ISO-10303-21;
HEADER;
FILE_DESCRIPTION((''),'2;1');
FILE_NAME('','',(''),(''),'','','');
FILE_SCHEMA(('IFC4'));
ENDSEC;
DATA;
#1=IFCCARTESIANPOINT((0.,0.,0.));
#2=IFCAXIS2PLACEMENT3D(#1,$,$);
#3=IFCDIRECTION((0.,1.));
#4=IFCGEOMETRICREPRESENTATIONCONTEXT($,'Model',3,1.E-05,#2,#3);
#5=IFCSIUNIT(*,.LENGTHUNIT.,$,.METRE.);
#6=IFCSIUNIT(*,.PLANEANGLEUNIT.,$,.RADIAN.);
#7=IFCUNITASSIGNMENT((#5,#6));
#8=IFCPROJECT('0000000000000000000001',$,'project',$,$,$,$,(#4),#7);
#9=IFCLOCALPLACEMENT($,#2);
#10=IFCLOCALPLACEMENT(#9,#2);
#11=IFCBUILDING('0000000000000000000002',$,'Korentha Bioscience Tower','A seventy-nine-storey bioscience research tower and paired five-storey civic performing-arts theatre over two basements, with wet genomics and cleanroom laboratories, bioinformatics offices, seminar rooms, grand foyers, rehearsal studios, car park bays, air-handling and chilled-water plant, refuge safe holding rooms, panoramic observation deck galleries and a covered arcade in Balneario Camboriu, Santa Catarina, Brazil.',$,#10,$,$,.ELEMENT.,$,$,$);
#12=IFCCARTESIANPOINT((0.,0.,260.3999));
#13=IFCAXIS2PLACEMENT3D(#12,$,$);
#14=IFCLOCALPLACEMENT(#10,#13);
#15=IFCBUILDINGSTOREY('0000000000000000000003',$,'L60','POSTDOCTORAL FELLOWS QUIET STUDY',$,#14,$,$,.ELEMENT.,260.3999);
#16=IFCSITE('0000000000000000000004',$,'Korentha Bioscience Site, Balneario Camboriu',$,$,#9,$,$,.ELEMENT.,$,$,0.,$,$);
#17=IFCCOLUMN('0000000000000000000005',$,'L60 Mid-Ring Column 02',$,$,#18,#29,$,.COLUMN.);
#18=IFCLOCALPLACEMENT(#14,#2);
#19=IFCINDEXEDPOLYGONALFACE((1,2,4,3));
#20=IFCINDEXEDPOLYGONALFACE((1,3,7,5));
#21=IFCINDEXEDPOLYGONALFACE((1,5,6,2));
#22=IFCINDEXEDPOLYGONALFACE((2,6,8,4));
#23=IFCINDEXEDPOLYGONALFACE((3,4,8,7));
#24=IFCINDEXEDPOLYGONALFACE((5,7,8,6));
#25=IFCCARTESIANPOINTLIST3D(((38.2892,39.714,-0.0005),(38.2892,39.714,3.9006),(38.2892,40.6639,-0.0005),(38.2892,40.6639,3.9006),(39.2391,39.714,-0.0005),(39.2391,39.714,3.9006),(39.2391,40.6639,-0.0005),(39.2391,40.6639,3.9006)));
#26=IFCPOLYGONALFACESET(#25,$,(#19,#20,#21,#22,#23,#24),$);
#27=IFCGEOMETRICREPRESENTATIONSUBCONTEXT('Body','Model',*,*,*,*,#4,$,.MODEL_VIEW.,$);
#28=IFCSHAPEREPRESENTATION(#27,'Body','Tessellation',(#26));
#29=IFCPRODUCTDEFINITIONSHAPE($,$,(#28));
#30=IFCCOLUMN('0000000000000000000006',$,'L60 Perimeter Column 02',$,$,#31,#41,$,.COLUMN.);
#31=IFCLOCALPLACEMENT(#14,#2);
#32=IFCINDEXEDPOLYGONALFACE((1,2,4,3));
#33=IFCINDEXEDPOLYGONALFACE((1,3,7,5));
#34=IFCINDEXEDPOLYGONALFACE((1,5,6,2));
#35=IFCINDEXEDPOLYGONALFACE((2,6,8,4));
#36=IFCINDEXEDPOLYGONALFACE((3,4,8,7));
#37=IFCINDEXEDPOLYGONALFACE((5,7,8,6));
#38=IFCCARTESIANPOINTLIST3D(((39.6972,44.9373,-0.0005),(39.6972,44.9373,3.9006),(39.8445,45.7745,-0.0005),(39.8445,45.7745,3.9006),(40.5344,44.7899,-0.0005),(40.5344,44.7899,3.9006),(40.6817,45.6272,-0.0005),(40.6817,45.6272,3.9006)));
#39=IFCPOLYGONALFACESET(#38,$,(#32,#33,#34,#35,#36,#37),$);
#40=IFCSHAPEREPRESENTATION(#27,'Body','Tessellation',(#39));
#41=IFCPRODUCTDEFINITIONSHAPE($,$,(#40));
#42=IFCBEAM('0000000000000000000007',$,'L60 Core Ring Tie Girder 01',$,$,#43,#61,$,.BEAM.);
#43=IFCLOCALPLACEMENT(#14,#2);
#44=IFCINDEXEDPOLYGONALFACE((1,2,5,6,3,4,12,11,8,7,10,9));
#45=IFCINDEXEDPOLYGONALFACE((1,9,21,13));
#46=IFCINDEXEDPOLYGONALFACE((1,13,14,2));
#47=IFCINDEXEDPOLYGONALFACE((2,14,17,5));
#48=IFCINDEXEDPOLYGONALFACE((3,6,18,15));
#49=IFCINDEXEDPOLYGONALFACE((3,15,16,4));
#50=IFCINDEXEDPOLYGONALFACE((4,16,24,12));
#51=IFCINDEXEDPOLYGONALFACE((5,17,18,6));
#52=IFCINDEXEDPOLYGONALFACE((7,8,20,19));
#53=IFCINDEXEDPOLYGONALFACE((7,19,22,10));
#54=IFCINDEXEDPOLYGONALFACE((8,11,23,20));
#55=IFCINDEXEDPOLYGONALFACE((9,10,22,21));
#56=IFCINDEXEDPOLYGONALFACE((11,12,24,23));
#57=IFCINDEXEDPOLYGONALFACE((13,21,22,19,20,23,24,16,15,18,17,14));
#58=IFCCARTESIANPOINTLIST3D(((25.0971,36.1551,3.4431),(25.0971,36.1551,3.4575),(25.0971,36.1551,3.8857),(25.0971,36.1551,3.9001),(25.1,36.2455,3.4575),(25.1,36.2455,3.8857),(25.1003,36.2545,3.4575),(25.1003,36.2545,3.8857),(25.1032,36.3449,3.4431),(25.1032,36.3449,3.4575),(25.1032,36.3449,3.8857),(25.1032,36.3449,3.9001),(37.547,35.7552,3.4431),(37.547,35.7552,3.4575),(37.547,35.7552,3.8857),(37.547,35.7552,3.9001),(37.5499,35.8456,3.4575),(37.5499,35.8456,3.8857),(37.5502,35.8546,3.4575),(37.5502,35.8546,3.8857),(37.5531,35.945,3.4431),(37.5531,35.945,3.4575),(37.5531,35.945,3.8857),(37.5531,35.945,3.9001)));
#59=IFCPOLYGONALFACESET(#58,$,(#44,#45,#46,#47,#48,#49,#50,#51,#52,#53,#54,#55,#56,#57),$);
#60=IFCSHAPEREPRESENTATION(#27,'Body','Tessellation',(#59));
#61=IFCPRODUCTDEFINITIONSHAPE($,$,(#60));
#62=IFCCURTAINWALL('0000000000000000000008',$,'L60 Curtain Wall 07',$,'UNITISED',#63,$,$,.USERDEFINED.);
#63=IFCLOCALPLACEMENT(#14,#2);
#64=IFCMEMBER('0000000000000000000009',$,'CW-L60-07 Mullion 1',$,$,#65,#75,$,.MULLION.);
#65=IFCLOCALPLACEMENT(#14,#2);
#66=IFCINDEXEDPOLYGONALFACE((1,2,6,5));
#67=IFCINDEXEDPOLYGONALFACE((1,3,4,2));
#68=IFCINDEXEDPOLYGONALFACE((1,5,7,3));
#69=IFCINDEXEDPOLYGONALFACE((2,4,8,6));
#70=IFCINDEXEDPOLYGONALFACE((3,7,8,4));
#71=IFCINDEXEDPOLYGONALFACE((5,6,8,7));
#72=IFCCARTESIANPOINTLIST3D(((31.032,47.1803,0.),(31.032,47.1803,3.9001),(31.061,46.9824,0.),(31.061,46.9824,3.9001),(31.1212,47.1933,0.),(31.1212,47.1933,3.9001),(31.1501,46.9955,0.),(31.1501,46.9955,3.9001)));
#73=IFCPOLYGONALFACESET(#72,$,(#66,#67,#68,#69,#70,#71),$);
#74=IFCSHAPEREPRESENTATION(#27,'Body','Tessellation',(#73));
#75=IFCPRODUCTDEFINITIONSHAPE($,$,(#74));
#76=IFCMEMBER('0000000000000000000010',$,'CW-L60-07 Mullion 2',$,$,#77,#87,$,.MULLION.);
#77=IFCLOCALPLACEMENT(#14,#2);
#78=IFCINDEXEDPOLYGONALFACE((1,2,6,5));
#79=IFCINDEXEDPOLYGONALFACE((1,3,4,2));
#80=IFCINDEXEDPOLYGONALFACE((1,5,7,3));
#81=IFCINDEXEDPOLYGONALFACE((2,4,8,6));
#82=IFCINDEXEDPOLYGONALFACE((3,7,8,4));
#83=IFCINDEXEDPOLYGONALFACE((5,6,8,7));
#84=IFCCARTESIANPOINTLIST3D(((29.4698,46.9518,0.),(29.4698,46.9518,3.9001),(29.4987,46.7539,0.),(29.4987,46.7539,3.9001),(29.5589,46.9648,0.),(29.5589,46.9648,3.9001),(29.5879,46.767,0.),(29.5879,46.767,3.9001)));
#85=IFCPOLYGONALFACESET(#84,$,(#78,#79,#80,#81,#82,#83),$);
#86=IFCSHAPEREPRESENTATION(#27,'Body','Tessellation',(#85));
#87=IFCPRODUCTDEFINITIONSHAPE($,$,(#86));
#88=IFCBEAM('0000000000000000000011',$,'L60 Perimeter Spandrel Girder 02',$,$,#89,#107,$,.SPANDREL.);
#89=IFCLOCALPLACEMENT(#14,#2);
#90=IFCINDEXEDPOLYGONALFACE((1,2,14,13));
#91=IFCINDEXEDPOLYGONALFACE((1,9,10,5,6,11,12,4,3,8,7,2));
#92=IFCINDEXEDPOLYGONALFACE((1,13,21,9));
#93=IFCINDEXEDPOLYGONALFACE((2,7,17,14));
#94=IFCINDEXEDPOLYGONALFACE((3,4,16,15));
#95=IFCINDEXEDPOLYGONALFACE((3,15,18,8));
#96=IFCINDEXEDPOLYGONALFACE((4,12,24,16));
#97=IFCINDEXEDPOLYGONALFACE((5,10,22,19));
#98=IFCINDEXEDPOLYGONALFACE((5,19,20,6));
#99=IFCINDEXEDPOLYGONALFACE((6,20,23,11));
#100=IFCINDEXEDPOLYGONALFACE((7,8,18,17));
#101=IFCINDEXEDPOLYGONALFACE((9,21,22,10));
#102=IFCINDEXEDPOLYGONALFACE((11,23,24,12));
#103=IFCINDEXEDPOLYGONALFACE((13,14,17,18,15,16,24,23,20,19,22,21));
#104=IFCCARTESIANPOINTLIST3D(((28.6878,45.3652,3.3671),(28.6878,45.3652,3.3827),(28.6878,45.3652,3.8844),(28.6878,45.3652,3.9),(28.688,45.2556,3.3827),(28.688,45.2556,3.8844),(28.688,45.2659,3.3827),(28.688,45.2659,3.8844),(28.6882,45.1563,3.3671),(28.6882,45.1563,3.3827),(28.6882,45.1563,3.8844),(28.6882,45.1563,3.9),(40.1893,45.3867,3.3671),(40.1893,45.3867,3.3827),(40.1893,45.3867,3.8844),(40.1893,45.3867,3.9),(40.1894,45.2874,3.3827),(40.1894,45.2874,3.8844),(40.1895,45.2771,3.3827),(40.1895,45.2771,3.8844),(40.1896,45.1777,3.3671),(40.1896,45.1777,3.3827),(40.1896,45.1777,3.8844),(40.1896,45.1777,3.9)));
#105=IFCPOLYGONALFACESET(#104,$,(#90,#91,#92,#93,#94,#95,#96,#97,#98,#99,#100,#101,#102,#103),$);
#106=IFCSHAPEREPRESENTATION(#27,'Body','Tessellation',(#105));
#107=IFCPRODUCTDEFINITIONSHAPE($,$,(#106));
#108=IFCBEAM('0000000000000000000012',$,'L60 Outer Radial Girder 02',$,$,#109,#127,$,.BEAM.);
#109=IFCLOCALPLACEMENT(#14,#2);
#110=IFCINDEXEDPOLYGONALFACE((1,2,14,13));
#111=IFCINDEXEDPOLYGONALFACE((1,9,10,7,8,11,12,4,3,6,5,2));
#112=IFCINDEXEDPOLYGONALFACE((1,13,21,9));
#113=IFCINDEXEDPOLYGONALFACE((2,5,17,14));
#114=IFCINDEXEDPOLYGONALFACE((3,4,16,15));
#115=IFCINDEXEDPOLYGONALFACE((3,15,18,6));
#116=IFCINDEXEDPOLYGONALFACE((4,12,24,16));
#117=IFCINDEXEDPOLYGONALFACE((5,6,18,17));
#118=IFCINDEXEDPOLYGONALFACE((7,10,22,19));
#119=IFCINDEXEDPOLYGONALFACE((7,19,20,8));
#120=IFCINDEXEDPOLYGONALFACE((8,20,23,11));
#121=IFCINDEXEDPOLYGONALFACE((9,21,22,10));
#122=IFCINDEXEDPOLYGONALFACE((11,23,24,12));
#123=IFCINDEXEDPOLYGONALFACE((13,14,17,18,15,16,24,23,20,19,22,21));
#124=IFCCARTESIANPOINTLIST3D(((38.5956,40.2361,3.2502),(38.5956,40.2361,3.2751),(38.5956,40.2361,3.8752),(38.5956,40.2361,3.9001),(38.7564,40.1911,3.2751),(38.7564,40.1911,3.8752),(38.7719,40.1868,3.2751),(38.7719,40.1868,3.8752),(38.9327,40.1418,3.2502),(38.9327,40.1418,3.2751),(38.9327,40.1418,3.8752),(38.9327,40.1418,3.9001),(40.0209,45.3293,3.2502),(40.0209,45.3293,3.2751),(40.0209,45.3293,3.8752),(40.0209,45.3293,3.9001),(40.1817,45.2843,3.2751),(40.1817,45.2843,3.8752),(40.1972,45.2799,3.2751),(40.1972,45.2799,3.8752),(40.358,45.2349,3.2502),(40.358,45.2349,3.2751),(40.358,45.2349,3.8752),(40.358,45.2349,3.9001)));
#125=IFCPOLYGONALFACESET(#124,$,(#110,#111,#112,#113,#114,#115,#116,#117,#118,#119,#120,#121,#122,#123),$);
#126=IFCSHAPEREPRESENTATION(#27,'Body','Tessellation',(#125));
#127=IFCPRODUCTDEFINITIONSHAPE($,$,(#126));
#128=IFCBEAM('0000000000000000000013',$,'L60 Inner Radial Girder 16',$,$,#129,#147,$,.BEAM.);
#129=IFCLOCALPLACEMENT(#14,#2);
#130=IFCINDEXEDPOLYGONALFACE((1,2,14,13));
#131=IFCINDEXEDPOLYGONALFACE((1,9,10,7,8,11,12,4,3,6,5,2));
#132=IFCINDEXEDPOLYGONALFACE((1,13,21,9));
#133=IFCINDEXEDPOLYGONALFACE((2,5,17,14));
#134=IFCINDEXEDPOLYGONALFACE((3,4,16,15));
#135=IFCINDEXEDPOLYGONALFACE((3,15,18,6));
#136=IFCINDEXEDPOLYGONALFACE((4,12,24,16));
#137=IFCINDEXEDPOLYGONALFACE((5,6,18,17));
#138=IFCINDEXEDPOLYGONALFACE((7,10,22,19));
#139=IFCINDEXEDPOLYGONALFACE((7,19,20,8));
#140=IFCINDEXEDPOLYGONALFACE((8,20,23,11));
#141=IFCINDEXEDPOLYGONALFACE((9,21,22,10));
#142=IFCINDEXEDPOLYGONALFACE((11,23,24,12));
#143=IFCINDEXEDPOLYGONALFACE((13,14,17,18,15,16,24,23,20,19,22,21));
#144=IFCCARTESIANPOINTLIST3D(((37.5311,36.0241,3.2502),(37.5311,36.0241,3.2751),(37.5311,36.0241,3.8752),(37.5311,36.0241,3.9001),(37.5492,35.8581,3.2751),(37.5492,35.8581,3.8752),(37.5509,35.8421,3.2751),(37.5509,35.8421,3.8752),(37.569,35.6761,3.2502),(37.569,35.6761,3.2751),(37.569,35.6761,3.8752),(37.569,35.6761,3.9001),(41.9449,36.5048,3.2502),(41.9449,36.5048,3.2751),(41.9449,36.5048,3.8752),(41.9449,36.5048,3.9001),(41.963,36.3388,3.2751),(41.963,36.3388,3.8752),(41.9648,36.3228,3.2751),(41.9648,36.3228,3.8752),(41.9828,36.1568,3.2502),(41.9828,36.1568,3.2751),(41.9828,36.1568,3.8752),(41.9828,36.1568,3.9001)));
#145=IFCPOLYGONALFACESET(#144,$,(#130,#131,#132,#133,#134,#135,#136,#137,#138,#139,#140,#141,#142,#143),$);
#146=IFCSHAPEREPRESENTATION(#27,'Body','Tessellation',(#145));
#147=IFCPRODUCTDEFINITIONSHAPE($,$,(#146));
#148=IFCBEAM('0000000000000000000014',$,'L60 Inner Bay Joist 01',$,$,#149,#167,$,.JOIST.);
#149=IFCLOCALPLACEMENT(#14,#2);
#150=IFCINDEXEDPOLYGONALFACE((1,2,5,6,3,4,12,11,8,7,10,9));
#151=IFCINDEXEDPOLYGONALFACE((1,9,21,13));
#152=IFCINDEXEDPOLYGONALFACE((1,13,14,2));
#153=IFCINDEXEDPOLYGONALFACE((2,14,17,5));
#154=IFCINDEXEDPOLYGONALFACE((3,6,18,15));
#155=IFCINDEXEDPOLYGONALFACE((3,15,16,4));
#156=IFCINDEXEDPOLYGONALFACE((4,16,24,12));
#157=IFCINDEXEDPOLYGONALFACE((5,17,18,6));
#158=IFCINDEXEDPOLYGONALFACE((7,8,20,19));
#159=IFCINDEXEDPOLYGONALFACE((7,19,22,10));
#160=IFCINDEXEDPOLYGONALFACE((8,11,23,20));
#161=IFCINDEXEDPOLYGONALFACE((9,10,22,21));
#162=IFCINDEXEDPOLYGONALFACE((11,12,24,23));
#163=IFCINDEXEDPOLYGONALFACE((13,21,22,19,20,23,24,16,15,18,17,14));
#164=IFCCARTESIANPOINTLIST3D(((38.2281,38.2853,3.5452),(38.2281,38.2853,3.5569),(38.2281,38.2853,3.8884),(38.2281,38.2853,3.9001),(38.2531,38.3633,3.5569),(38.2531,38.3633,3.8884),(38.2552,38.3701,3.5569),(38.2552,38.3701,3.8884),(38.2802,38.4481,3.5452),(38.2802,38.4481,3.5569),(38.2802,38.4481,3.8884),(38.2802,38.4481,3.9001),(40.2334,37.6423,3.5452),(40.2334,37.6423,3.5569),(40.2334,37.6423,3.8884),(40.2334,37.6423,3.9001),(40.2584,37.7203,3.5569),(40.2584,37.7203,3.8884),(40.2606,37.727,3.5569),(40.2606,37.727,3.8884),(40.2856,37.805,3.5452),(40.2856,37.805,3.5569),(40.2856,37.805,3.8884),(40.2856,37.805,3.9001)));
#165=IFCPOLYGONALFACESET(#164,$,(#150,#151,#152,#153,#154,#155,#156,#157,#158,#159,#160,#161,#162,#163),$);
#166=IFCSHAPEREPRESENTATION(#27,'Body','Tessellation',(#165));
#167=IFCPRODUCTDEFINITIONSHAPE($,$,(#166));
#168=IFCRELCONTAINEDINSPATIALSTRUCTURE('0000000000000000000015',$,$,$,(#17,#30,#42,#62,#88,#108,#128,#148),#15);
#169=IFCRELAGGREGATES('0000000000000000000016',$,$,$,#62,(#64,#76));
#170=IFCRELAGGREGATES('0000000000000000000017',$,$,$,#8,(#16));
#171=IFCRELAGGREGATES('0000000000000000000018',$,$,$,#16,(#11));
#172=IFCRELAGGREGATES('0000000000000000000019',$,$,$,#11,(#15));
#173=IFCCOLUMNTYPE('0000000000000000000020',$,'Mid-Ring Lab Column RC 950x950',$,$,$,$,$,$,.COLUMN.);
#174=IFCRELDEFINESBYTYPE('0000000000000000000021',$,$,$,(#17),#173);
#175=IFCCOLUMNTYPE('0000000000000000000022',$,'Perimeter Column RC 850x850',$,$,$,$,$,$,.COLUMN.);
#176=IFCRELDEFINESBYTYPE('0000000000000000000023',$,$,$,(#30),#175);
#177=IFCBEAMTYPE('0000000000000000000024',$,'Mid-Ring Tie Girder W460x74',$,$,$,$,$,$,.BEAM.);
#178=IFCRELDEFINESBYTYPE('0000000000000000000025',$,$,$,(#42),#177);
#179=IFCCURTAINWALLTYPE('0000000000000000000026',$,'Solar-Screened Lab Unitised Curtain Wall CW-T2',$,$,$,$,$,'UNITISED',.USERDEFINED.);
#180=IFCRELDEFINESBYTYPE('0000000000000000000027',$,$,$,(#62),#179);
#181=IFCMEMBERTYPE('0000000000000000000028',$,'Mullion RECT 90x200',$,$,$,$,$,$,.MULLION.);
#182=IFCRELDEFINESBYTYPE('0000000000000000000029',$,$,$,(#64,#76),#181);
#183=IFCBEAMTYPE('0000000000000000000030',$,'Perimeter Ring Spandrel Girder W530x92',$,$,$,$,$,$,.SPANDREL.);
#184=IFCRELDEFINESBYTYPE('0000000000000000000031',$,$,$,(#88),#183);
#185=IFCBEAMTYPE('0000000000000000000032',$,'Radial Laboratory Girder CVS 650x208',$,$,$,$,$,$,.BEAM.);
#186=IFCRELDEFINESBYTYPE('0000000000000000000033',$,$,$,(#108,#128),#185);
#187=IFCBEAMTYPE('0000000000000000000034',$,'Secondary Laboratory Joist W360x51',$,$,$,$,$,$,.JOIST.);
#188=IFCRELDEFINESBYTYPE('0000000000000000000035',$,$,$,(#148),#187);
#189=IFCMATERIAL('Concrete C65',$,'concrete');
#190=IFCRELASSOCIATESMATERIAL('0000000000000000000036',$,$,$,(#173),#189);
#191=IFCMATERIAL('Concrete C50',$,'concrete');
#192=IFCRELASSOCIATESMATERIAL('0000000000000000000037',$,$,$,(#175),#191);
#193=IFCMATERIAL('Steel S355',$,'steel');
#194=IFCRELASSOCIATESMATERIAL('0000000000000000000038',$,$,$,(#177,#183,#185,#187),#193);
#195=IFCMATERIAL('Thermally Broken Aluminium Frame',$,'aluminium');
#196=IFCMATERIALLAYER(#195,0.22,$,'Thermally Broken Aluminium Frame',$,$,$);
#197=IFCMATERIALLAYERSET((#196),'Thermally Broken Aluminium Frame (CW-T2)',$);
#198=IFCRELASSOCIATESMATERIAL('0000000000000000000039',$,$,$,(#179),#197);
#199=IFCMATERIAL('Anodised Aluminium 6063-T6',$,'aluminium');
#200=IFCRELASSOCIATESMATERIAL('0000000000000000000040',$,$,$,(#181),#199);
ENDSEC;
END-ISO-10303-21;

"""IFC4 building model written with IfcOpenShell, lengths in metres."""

from ifc_helpers import new_model, si_unit, direction, frame, origin, origin_2d, place, context, subcontext, project, spatial, rectangle, i_section, extrude, material, layer, layer_set, material_profile, profile_set, type_object, element, aggregate, save


model = new_model("IFC4")

# Units and contexts
model_context = context("Model", 3, precision=1e-05, world=origin(), true_north=direction((0.0, 1.0)))
body_context = subcontext(model_context, "Body", "Model", "MODEL_VIEW")
ifc_project = project(units=[si_unit("LENGTHUNIT", "METRE"), si_unit("PLANEANGLEUNIT", "RADIAN")], contexts=[model_context])

# Site, building, storey
site_placement = place(None, origin())
site = spatial("IfcSite", under=ifc_project, at=site_placement, Name="Korentha Bioscience Site, Balneario Camboriu", CompositionType="ELEMENT", RefElevation=0.0)
building_placement = place(site_placement, origin())
building = spatial("IfcBuilding", under=site, at=building_placement, Name="Korentha Bioscience Tower", Description="A seventy-nine-storey bioscience research tower and paired five-storey civic performing-arts theatre over two basements, with wet genomics and cleanroom laboratories, bioinformatics offices, seminar rooms, grand foyers, rehearsal studios, car park bays, air-handling and chilled-water plant, refuge safe holding rooms, panoramic observation deck galleries and a covered arcade in Balneario Camboriu, Santa Catarina, Brazil.", CompositionType="ELEMENT")
storey_placement = place(building_placement, frame((0.0, 0.0, 260.3999)))
storey = spatial("IfcBuildingStorey", under=building, at=storey_placement, Name="L60", Description="POSTDOCTORAL FELLOWS QUIET STUDY", CompositionType="ELEMENT", Elevation=260.3999)

# Columns
ifc_material_1 = material(Name="Concrete C65", Category="concrete")
ifc_material_profile_1 = material_profile(ifc_material_1, rectangle(XDim=0.95, YDim=0.95, at=origin_2d()), Name="Concrete C65")
ifc_profile_set_1 = profile_set([ifc_material_profile_1], Name="Concrete C65 (COL-MR09)")
column_type_1 = type_object("IfcColumnType", Name="Mid-Ring Lab Column RC 950x950", PredefinedType="COLUMN", material=ifc_profile_set_1)
column_1_placement = place(storey_placement, frame((38.7642, 40.189, -0.0005), z_axis=(0.0, 0.0, 1.0), x_axis=(1.0, 0.0, 0.0)))
element("IfcColumn", 1, at=column_1_placement, inside=storey, type_object=column_type_1, Name="L60 Mid-Ring Column 02", PredefinedType="COLUMN", context=body_context, shape_type="SweptSolid", body=[
    extrude(rectangle(XDim=0.95, YDim=0.95, at=origin_2d()), origin(), (0.0, 0.0, 1.0), 3.9011),
])
ifc_material_2 = material(Name="Concrete C50", Category="concrete")
ifc_material_profile_2 = material_profile(ifc_material_2, rectangle(XDim=0.8501, YDim=0.8501, at=origin_2d()), Name="Concrete C50")
ifc_profile_set_2 = profile_set([ifc_material_profile_2], Name="Concrete C50 (COL-P08)")
column_type_2 = type_object("IfcColumnType", Name="Perimeter Column RC 850x850", PredefinedType="COLUMN", material=ifc_profile_set_2)
column_2_placement = place(storey_placement, frame((40.1895, 45.2822, -0.0005), z_axis=(0.0, 0.0, 1.0), x_axis=(-0.984868, 0.173304, 0.0)))
element("IfcColumn", 2, at=column_2_placement, inside=storey, type_object=column_type_2, Name="L60 Perimeter Column 02", PredefinedType="COLUMN", context=body_context, shape_type="SweptSolid", body=[
    extrude(rectangle(XDim=0.8501, YDim=0.8501, at=origin_2d()), origin(), (0.0, 0.0, 1.0), 3.9011),
])

# Beam
ifc_material_3 = material(Name="Steel S355", Category="steel")
ifc_material_profile_3 = material_profile(ifc_material_3, i_section(OverallWidth=0.1899, OverallDepth=0.457, WebThickness=0.009, FlangeThickness=0.0144, at=origin_2d()), Name="Steel S355")
ifc_profile_set_3 = profile_set([ifc_material_profile_3], Name="Steel S355 (MB-460)")
beam_type_1 = type_object("IfcBeamType", Name="Mid-Ring Tie Girder W460x74", PredefinedType="BEAM", material=ifc_profile_set_3)
beam_1_placement = place(storey_placement, frame((37.55, 35.8501, 3.6716), z_axis=(-0.999485, 0.032104, 0.0), x_axis=(-0.032104, -0.999485, 0.0)))
element("IfcBeam", 3, at=beam_1_placement, inside=storey, type_object=beam_type_1, Name="L60 Core Ring Tie Girder 01", PredefinedType="BEAM", context=body_context, shape_type="SweptSolid", body=[
    extrude(i_section(OverallWidth=0.1899, OverallDepth=0.457, WebThickness=0.009, FlangeThickness=0.0144, at=origin_2d()), origin(), (0.0, 0.0, 1.0), 12.4563),
])

# Curtain wall, members
ifc_material_4 = material(Name="Thermally Broken Aluminium Frame", Category="aluminium")
ifc_layer_1 = layer(ifc_material_4, 0.22, Name="Thermally Broken Aluminium Frame")
ifc_layer_set_1 = layer_set([ifc_layer_1], Name="Thermally Broken Aluminium Frame (CW-T2)")
curtain_wall_type = type_object("IfcCurtainWallType", Name="Solar-Screened Lab Unitised Curtain Wall CW-T2", ElementType="UNITISED", PredefinedType="USERDEFINED", material=ifc_layer_set_1)
curtain_wall_placement = place(storey_placement, origin())
curtain_wall = element("IfcCurtainWall", 4, at=curtain_wall_placement, inside=storey, type_object=curtain_wall_type, Name="L60 Curtain Wall 07", ObjectType="UNITISED", PredefinedType="USERDEFINED")
ifc_material_5 = material(Name="Anodised Aluminium 6063-T6", Category="aluminium")
ifc_material_profile_4 = material_profile(ifc_material_5, rectangle(XDim=0.0901, YDim=0.2, at=origin_2d()), Name="Anodised Aluminium 6063-T6")
ifc_profile_set_4 = profile_set([ifc_material_profile_4], Name="Anodised Aluminium 6063-T6 (CW-MUL)")
member_type_1 = type_object("IfcMemberType", Name="Mullion RECT 90x200", PredefinedType="MULLION", material=ifc_profile_set_4)
member_1_placement = place(storey_placement, frame((31.0911, 47.0879, 0.0), z_axis=(0.0, 0.0, 1.0), x_axis=(-0.98946, -0.144809, 0.0)))
member_1 = element("IfcMember", 5, at=member_1_placement, type_object=member_type_1, Name="CW-L60-07 Mullion 1", PredefinedType="MULLION", context=body_context, shape_type="SweptSolid", body=[
    extrude(rectangle(XDim=0.0901, YDim=0.2, at=origin_2d()), origin(), (0.0, 0.0, 1.0), 3.9001),
])
member_2_placement = place(storey_placement, frame((29.5288, 46.8594, 0.0), z_axis=(0.0, 0.0, 1.0), x_axis=(-0.98946, -0.144809, 0.0)))
member_2 = element("IfcMember", 6, at=member_2_placement, type_object=member_type_1, Name="CW-L60-07 Mullion 2", PredefinedType="MULLION", context=body_context, shape_type="SweptSolid", body=[
    extrude(rectangle(XDim=0.0901, YDim=0.2, at=origin_2d()), origin(), (0.0, 0.0, 1.0), 3.9001),
])

# Beams
ifc_material_profile_5 = material_profile(ifc_material_3, i_section(OverallWidth=0.209, OverallDepth=0.533, WebThickness=0.0103, FlangeThickness=0.0156, at=origin_2d()), Name="Steel S355")
ifc_profile_set_5 = profile_set([ifc_material_profile_5], Name="Steel S355 (SB-530)")
beam_type_2 = type_object("IfcBeamType", Name="Perimeter Ring Spandrel Girder W530x92", PredefinedType="SPANDREL", material=ifc_profile_set_5)
beam_2_placement = place(storey_placement, frame((40.1895, 45.2822, 3.6335), z_axis=(-0.999998, -0.001868, 0.0), x_axis=(0.001868, -0.999998, 0.0)))
element("IfcBeam", 7, at=beam_2_placement, inside=storey, type_object=beam_type_2, Name="L60 Perimeter Spandrel Girder 02", PredefinedType="SPANDREL", context=body_context, shape_type="SweptSolid", body=[
    extrude(i_section(OverallWidth=0.209, OverallDepth=0.533, WebThickness=0.0103, FlangeThickness=0.0156, at=origin_2d()), origin(), (0.0, 0.0, 1.0), 11.5015),
])
ifc_material_profile_6 = material_profile(ifc_material_3, i_section(OverallWidth=0.3501, OverallDepth=0.6499, WebThickness=0.0161, FlangeThickness=0.0249, at=origin_2d()), Name="Steel S355")
ifc_profile_set_6 = profile_set([ifc_material_profile_6], Name="Steel S355 (RB-650)")
beam_type_3 = type_object("IfcBeamType", Name="Radial Laboratory Girder CVS 650x208", PredefinedType="BEAM", material=ifc_profile_set_6)
beam_3_placement = place(storey_placement, frame((38.7642, 40.189, 3.5752), z_axis=(0.269486, 0.963004, 0.0), x_axis=(-0.963004, 0.269486, 0.0)))
element("IfcBeam", 8, at=beam_3_placement, inside=storey, type_object=beam_type_3, Name="L60 Outer Radial Girder 02", PredefinedType="BEAM", context=body_context, shape_type="SweptSolid", body=[
    extrude(i_section(OverallWidth=0.3501, OverallDepth=0.6499, WebThickness=0.0161, FlangeThickness=0.0249, at=origin_2d()), origin(), (0.0, 0.0, 1.0), 5.2888),
])
beam_4_placement = place(storey_placement, frame((37.55, 35.8501, 3.5752), z_axis=(0.994121, 0.108271, 0.0), x_axis=(-0.108271, 0.994121, 0.0)))
element("IfcBeam", 9, at=beam_4_placement, inside=storey, type_object=beam_type_3, Name="L60 Inner Radial Girder 16", PredefinedType="BEAM", context=body_context, shape_type="SweptSolid", body=[
    extrude(i_section(OverallWidth=0.3501, OverallDepth=0.6499, WebThickness=0.0161, FlangeThickness=0.0249, at=origin_2d()), origin(), (0.0, 0.0, 1.0), 4.4399),
])
ifc_material_profile_7 = material_profile(ifc_material_3, i_section(OverallWidth=0.1709, OverallDepth=0.355, WebThickness=0.0071, FlangeThickness=0.0117, at=origin_2d()), Name="Steel S355")
ifc_profile_set_7 = profile_set([ifc_material_profile_7], Name="Steel S355 (JB-360)")
beam_type_4 = type_object("IfcBeamType", Name="Secondary Laboratory Joist W360x51", PredefinedType="JOIST", material=ifc_profile_set_7)
beam_5_placement = place(storey_placement, frame((40.2595, 37.7236, 3.7227), z_axis=(-0.952238, 0.305356, 0.0), x_axis=(-0.305356, -0.952238, 0.0)))
element("IfcBeam", 10, at=beam_5_placement, inside=storey, type_object=beam_type_4, Name="L60 Inner Bay Joist 01", PredefinedType="JOIST", context=body_context, shape_type="SweptSolid", body=[
    extrude(i_section(OverallWidth=0.1709, OverallDepth=0.355, WebThickness=0.0071, FlangeThickness=0.0117, at=origin_2d()), origin(), (0.0, 0.0, 1.0), 2.106),
])

aggregate(curtain_wall, [member_1, member_2])

save(model, "model.ifc")
